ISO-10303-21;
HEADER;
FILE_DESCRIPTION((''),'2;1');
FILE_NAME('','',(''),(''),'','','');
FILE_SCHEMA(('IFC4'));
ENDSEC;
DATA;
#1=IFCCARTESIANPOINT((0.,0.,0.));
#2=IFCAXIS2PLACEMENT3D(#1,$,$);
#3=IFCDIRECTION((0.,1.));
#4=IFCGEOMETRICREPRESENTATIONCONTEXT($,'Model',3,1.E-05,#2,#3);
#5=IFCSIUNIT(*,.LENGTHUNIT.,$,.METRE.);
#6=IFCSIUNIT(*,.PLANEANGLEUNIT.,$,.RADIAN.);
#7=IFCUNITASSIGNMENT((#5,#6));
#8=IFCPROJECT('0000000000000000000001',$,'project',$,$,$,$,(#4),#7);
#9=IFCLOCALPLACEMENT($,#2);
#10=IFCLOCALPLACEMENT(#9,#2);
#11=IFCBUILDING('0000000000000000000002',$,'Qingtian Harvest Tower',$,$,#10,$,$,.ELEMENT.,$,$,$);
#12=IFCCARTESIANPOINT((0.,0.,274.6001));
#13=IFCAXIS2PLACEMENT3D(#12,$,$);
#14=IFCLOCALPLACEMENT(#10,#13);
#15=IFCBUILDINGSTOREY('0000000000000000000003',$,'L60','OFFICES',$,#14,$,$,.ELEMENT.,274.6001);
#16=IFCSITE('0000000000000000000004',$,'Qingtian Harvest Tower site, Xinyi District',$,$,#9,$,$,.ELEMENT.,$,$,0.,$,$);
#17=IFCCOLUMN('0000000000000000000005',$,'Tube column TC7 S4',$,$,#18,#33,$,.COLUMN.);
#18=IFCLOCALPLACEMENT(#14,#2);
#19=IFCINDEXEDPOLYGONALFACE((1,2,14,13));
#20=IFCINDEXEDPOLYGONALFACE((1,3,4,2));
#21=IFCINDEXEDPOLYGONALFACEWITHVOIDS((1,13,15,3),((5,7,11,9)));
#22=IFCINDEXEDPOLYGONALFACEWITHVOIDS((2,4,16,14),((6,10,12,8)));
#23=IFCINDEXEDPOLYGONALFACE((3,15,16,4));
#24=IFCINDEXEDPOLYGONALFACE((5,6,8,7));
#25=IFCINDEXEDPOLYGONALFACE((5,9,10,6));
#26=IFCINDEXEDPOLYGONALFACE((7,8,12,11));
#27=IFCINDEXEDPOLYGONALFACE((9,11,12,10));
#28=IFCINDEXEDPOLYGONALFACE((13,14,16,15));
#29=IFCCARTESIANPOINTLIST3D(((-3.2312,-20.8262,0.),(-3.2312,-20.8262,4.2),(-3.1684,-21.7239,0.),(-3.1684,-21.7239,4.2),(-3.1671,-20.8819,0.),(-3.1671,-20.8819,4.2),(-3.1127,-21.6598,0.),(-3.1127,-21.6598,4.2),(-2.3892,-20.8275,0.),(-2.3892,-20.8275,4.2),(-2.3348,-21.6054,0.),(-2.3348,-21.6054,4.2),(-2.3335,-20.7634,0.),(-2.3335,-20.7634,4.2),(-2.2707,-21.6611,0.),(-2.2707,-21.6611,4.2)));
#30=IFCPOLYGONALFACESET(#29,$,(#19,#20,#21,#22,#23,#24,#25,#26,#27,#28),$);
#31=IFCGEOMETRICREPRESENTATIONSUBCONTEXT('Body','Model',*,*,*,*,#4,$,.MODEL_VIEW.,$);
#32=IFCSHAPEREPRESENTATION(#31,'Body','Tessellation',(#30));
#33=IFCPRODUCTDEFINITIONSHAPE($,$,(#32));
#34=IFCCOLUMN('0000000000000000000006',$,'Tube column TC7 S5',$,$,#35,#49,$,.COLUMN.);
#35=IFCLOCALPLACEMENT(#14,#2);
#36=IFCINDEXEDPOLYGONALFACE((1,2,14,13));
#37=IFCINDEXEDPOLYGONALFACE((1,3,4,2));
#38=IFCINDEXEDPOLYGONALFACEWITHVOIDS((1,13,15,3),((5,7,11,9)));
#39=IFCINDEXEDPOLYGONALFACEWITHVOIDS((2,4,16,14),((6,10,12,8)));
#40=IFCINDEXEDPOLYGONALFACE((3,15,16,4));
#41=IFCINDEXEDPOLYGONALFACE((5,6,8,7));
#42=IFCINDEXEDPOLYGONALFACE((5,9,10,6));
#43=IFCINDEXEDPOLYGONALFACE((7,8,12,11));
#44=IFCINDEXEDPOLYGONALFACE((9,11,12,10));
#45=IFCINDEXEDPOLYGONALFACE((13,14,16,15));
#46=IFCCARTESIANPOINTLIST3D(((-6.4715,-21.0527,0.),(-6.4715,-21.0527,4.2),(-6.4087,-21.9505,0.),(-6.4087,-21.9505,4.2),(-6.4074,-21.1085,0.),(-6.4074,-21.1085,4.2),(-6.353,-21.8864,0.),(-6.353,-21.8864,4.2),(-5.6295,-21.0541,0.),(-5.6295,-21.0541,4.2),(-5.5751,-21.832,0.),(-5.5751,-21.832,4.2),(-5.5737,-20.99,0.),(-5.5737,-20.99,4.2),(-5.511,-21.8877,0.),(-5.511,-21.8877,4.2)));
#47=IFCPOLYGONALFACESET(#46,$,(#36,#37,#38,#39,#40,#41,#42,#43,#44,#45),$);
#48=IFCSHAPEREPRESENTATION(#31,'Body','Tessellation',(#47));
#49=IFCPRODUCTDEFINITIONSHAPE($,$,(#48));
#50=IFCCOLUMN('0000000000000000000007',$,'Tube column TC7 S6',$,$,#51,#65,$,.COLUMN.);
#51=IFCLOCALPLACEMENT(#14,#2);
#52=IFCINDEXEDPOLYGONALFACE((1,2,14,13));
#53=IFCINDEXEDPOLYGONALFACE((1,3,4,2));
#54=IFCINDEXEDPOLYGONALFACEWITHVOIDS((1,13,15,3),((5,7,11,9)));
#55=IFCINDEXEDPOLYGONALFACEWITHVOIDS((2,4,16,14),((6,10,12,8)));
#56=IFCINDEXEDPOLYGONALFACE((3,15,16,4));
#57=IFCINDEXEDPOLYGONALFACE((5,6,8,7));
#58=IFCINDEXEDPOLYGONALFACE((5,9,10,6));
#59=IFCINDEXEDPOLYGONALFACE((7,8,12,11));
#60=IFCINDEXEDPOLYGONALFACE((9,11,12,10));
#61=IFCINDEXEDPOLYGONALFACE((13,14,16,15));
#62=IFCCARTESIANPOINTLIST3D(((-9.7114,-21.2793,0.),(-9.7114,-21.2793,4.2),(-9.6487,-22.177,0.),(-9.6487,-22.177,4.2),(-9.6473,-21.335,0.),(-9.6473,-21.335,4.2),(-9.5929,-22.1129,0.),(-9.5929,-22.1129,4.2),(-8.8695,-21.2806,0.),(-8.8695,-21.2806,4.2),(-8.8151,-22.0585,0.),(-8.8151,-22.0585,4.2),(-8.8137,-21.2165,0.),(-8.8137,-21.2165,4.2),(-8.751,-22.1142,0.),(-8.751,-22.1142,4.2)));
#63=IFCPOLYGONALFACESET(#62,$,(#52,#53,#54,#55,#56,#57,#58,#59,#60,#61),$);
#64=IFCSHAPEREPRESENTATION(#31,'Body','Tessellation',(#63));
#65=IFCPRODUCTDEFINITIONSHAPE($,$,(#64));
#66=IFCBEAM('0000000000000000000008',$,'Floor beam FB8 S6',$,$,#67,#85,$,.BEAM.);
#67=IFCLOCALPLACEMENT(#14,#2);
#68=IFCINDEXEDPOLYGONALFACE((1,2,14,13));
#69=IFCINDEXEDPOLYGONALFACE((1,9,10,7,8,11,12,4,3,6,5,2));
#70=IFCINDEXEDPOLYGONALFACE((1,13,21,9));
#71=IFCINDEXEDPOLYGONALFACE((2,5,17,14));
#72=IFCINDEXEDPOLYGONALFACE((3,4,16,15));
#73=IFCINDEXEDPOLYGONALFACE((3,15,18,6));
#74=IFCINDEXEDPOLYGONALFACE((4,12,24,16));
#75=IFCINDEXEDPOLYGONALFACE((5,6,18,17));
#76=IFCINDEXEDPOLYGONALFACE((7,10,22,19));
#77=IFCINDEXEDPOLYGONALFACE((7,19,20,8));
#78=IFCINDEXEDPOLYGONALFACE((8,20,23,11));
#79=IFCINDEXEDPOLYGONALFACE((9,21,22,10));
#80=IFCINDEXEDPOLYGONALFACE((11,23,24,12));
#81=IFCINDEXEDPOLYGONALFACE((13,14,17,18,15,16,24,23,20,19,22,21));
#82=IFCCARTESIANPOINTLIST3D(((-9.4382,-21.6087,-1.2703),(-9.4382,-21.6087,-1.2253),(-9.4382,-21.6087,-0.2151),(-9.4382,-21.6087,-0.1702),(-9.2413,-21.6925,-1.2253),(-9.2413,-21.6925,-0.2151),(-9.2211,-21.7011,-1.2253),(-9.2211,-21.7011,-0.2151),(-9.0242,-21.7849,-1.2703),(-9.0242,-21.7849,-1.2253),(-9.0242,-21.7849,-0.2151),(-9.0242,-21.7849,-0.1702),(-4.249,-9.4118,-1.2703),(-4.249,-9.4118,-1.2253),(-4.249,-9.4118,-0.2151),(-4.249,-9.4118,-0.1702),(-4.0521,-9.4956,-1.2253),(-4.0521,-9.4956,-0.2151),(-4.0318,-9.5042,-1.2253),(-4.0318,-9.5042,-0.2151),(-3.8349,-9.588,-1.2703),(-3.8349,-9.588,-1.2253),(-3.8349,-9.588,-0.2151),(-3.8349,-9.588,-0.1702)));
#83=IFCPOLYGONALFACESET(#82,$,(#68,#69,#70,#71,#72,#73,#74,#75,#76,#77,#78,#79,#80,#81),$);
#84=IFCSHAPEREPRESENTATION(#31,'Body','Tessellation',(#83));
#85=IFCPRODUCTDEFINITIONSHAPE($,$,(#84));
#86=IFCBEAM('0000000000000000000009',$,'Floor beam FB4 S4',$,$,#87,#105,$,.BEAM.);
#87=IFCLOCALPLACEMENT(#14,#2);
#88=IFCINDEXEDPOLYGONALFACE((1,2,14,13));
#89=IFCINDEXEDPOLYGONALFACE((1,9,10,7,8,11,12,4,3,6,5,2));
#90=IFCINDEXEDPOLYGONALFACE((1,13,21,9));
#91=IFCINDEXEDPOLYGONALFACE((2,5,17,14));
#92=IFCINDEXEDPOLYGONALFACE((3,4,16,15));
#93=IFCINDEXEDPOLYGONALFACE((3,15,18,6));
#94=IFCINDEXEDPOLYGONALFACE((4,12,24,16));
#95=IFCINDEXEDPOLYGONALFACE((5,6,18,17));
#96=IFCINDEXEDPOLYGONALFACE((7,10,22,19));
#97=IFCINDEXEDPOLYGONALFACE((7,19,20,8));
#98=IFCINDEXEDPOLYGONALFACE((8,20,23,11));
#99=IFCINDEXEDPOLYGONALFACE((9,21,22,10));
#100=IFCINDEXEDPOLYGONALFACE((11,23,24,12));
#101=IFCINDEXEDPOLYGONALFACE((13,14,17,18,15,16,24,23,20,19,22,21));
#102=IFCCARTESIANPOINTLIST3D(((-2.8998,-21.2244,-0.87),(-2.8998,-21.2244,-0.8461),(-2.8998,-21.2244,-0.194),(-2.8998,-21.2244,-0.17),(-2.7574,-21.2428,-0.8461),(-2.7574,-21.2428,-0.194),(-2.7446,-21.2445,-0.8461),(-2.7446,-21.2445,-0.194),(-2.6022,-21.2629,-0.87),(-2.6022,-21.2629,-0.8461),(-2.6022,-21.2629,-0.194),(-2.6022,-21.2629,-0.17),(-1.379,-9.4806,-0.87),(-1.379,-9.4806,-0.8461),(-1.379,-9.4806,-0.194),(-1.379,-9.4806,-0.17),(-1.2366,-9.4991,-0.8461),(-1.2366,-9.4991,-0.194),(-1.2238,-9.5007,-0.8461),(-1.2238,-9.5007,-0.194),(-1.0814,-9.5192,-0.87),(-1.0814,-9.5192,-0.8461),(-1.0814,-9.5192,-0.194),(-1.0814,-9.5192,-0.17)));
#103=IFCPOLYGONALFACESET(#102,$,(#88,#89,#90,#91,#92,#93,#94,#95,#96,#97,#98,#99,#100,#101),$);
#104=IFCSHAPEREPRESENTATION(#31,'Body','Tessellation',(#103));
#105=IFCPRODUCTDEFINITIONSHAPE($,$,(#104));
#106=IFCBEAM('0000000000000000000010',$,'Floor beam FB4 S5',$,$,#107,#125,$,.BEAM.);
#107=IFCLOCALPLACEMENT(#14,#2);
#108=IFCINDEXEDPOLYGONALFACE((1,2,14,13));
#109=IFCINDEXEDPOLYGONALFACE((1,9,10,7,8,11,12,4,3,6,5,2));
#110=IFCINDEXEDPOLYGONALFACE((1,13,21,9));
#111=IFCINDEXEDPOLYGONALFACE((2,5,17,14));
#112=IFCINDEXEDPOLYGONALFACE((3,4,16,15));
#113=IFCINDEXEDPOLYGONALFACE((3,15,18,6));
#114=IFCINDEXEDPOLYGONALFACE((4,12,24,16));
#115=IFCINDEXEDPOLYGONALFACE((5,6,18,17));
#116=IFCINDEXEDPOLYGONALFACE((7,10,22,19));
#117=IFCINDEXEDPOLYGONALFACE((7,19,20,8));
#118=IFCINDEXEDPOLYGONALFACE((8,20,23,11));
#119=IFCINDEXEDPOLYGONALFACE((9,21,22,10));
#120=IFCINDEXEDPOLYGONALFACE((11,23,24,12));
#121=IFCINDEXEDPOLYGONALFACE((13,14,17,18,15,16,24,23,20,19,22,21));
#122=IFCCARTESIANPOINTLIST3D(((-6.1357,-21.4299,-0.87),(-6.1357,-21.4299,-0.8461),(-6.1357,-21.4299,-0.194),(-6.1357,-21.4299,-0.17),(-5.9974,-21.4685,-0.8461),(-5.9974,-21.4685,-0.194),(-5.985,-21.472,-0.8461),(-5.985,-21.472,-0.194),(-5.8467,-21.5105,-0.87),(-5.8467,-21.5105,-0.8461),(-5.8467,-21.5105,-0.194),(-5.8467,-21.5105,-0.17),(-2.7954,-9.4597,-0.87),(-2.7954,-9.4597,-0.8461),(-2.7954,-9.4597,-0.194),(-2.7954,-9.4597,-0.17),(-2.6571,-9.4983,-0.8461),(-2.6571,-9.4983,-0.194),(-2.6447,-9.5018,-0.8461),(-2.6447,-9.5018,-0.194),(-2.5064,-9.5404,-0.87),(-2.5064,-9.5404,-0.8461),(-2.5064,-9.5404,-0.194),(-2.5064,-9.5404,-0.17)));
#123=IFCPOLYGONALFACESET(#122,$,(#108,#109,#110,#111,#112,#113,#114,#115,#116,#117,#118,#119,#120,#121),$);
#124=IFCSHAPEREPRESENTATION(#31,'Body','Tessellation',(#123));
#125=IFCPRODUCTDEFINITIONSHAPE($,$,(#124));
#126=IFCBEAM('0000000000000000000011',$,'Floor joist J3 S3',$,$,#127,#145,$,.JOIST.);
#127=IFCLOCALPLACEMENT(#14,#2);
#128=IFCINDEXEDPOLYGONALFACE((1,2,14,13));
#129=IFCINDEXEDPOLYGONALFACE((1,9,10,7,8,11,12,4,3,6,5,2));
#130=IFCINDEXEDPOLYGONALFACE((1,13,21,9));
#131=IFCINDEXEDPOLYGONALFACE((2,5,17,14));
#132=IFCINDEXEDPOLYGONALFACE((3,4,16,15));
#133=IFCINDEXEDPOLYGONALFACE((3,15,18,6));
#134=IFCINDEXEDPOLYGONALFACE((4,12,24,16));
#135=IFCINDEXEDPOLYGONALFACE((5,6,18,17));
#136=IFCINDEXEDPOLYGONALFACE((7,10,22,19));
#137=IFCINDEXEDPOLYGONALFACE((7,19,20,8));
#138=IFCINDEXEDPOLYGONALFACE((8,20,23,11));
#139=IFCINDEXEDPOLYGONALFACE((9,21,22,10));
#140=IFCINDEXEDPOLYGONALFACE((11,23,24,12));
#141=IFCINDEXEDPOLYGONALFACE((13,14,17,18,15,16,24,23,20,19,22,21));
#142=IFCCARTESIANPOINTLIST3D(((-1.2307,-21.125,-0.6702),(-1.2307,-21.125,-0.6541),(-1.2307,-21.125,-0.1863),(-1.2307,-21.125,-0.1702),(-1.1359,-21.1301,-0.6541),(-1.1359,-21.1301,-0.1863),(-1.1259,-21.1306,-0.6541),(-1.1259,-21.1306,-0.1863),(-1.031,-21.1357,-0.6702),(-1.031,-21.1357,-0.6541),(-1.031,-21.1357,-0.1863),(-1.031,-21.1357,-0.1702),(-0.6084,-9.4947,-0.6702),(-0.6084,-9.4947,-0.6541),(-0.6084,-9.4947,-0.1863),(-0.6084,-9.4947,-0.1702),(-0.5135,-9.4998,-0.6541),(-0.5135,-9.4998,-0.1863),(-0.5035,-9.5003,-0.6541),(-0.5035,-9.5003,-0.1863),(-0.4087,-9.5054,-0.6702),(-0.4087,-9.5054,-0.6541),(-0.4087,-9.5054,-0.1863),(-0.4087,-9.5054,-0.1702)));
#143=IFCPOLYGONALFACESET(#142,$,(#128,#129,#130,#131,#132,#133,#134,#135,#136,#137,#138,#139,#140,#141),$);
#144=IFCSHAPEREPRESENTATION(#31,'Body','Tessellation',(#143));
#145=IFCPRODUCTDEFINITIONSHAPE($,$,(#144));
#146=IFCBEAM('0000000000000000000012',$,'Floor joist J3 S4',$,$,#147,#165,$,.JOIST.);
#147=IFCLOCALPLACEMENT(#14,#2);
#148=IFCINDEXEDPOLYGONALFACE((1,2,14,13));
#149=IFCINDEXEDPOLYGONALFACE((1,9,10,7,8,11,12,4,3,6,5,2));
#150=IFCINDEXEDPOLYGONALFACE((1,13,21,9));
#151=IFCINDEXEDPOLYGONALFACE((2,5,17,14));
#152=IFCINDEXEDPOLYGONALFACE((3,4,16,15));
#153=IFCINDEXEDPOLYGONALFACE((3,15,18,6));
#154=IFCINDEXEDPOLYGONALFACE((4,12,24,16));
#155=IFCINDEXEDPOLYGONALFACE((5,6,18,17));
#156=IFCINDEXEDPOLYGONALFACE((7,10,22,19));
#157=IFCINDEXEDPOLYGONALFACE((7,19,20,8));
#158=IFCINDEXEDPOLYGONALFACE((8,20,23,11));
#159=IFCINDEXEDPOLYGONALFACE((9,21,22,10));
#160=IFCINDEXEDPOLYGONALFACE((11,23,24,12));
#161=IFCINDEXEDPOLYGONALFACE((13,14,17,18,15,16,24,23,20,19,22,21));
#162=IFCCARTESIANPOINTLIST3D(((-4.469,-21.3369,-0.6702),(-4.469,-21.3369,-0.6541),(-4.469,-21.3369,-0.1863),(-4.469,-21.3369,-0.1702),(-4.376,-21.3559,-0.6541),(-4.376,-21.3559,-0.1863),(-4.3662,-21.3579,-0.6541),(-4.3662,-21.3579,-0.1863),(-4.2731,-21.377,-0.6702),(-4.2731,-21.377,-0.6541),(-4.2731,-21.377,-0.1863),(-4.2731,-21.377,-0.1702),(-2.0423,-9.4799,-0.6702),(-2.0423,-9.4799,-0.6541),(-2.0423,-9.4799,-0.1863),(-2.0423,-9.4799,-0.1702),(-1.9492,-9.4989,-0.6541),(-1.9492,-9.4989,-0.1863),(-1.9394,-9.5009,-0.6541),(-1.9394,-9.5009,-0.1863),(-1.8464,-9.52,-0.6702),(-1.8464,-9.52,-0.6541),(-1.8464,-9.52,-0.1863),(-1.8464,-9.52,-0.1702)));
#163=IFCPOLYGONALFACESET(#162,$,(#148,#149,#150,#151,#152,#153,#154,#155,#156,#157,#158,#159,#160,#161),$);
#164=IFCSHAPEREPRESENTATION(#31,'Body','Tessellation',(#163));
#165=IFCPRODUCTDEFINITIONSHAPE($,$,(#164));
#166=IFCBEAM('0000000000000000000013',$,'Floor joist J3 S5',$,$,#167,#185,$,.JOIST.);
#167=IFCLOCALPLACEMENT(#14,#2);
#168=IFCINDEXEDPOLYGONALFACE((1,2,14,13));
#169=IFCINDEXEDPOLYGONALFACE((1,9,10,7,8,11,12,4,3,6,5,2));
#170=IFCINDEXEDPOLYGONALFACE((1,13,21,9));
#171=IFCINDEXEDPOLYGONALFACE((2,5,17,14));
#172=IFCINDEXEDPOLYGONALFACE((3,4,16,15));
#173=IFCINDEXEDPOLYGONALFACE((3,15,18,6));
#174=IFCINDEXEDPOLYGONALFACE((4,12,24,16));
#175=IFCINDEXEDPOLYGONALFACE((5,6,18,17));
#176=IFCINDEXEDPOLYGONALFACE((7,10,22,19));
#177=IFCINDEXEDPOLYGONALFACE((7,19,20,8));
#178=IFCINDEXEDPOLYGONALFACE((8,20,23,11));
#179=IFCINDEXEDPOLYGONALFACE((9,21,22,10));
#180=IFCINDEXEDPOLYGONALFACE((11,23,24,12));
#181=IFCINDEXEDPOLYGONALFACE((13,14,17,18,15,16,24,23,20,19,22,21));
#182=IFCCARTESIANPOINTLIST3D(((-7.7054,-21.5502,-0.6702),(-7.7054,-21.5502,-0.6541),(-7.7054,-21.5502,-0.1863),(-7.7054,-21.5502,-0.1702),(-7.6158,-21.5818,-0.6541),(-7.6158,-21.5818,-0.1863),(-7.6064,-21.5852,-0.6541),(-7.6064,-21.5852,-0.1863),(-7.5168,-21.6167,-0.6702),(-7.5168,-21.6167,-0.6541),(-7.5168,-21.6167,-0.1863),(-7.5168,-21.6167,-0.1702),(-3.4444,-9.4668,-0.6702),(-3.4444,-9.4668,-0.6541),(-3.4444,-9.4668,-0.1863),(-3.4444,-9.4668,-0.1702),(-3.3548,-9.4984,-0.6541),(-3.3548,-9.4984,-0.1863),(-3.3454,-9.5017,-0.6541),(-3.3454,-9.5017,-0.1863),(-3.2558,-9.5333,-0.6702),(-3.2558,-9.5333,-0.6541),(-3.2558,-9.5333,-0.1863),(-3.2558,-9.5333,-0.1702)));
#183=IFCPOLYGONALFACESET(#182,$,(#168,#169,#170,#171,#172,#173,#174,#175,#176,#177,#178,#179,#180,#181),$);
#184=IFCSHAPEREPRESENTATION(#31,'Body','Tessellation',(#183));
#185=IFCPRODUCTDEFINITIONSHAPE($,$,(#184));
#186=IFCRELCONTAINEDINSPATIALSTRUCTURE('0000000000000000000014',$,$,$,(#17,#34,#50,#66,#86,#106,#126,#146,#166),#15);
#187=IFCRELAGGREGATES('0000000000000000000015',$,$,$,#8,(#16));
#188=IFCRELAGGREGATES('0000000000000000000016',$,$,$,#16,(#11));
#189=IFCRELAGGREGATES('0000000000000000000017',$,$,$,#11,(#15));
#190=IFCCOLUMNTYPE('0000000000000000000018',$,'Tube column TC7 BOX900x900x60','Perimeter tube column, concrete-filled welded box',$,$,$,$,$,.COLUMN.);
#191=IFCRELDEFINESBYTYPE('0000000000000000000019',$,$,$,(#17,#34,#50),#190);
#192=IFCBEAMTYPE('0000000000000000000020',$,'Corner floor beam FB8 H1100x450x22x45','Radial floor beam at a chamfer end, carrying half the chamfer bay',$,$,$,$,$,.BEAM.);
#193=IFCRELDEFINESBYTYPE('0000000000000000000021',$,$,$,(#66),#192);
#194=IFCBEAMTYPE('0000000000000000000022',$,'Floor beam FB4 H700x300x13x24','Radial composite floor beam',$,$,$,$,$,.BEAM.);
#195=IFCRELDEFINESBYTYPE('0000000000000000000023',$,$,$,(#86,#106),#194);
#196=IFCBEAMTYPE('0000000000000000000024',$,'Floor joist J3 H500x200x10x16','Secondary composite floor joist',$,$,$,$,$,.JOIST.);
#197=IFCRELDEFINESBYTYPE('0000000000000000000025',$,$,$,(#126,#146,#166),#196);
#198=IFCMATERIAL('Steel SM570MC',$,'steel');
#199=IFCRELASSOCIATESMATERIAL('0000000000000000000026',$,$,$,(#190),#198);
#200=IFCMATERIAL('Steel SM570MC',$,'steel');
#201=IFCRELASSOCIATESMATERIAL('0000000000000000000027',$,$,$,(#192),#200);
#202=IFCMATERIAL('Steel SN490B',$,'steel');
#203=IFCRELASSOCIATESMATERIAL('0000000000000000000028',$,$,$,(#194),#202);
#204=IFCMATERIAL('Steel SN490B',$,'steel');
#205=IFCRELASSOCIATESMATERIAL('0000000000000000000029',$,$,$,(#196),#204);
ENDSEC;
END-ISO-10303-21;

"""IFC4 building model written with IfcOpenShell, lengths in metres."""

from ifc_helpers import new_model, si_unit, direction, frame, origin, origin_2d, place, context, subcontext, project, spatial, hollow_rectangle, i_section, extrude, material, material_profile, profile_set, type_object, element, save


model = new_model("IFC4")

# Units and contexts
model_context = context("Model", 3, precision=1e-05, world=origin(), true_north=direction((0.0, 1.0)))
body_context = subcontext(model_context, "Body", "Model", "MODEL_VIEW")
ifc_project = project(units=[si_unit("LENGTHUNIT", "METRE"), si_unit("PLANEANGLEUNIT", "RADIAN")], contexts=[model_context])

# Site, building, storey
site_placement = place(None, origin())
site = spatial("IfcSite", under=ifc_project, at=site_placement, Name="Qingtian Harvest Tower site, Xinyi District", CompositionType="ELEMENT", RefElevation=0.0)
building_placement = place(site_placement, origin())
building = spatial("IfcBuilding", under=site, at=building_placement, Name="Qingtian Harvest Tower", CompositionType="ELEMENT")
storey_placement = place(building_placement, frame((0.0, 0.0, 274.6001)))
storey = spatial("IfcBuildingStorey", under=building, at=storey_placement, Name="L60", Description="OFFICES", CompositionType="ELEMENT", Elevation=274.6001)

# Columns
ifc_material_1 = material(Name="Steel SM570MC", Category="steel")
ifc_material_profile_1 = material_profile(ifc_material_1, hollow_rectangle(XDim=0.8999, YDim=0.8999, WallThickness=0.0601, at=origin_2d()), Name="BOX900x900x60")
ifc_profile_set_1 = profile_set([ifc_material_profile_1], Name="Steel SM570MC")
column_type = type_object("IfcColumnType", Name="Tube column TC7 BOX900x900x60", Description="Perimeter tube column, concrete-filled welded box", PredefinedType="COLUMN", material=ifc_profile_set_1)
for number, where, z_axis, x_axis, name in (
    (1, (-2.751, -21.2437, 0.0), (0.0, 0.0, 1.0), (0.997564, 0.069756, 0.0), "Tube column TC7 S4"),
    (2, (-5.9912, -21.4702, 0.0), (0.0, 0.0, 1.0), (0.997564, 0.069756, 0.0), "Tube column TC7 S5"),
    (3, (-9.2312, -21.6968, 0.0), (0.0, 0.0, 1.0), (0.997564, 0.069756, 0.0), "Tube column TC7 S6"),
):
    element("IfcColumn", number, at=place(storey_placement, frame(where, z_axis=z_axis, x_axis=x_axis)), inside=storey, type_object=column_type, Name=name, PredefinedType="COLUMN", context=body_context, shape_type="SweptSolid", body=[
        extrude(hollow_rectangle(XDim=0.8999, YDim=0.8999, WallThickness=0.0601, at=origin_2d()), origin(), (0.0, 0.0, 1.0), 4.2),
    ])

# Beams
ifc_material_2 = material(Name="Steel SM570MC", Category="steel")
ifc_material_profile_2 = material_profile(ifc_material_2, i_section(OverallWidth=0.45, OverallDepth=1.1001, WebThickness=0.022, FlangeThickness=0.0449, at=origin_2d()), Name="H1100x450x22x45")
ifc_profile_set_2 = profile_set([ifc_material_profile_2], Name="Steel SM570MC")
beam_type_1 = type_object("IfcBeamType", Name="Corner floor beam FB8 H1100x450x22x45", Description="Radial floor beam at a chamfer end, carrying half the chamfer bay", PredefinedType="BEAM", material=ifc_profile_set_2)
beam_1_placement = place(storey_placement, frame((-9.2312, -21.6968, -0.7202), z_axis=(0.391497, 0.920179, 0.0), x_axis=(-0.920179, 0.391497, 0.0)))
element("IfcBeam", 4, at=beam_1_placement, inside=storey, type_object=beam_type_1, Name="Floor beam FB8 S6", PredefinedType="BEAM", context=body_context, shape_type="SweptSolid", body=[
    extrude(i_section(OverallWidth=0.45, OverallDepth=1.1001, WebThickness=0.022, FlangeThickness=0.0449, at=origin_2d()), origin(), (0.0, 0.0, 1.0), 13.2549),
])
ifc_material_3 = material(Name="Steel SN490B", Category="steel")
ifc_material_profile_3 = material_profile(ifc_material_3, i_section(OverallWidth=0.3, OverallDepth=0.7, WebThickness=0.0129, FlangeThickness=0.0239, at=origin_2d()), Name="H700x300x13x24")
ifc_profile_set_3 = profile_set([ifc_material_profile_3], Name="Steel SN490B")
beam_type_2 = type_object("IfcBeamType", Name="Floor beam FB4 H700x300x13x24", Description="Radial composite floor beam", PredefinedType="BEAM", material=ifc_profile_set_3)
beam_2_placement = place(storey_placement, frame((-2.751, -21.2437, -0.52), z_axis=(0.128423, 0.991719, 0.0), x_axis=(-0.991719, 0.128423, 0.0)))
element("IfcBeam", 5, at=beam_2_placement, inside=storey, type_object=beam_type_2, Name="Floor beam FB4 S4", PredefinedType="BEAM", context=body_context, shape_type="SweptSolid", body=[
    extrude(i_section(OverallWidth=0.3, OverallDepth=0.7, WebThickness=0.0129, FlangeThickness=0.0239, at=origin_2d()), origin(), (0.0, 0.0, 1.0), 11.8418),
])
beam_3_placement = place(storey_placement, frame((-5.9912, -21.4702, -0.52), z_axis=(0.268785, 0.9632, 0.0), x_axis=(-0.9632, 0.268785, 0.0)))
element("IfcBeam", 6, at=beam_3_placement, inside=storey, type_object=beam_type_2, Name="Floor beam FB4 S5", PredefinedType="BEAM", context=body_context, shape_type="SweptSolid", body=[
    extrude(i_section(OverallWidth=0.3, OverallDepth=0.7, WebThickness=0.0129, FlangeThickness=0.0239, at=origin_2d()), origin(), (0.0, 0.0, 1.0), 12.4275),
])
ifc_material_4 = material(Name="Steel SN490B", Category="steel")
ifc_material_profile_4 = material_profile(ifc_material_4, i_section(OverallWidth=0.2, OverallDepth=0.5, WebThickness=0.01, FlangeThickness=0.0161, at=origin_2d()), Name="H500x200x10x16")
ifc_profile_set_4 = profile_set([ifc_material_profile_4], Name="Steel SN490B")
beam_type_3 = type_object("IfcBeamType", Name="Floor joist J3 H500x200x10x16", Description="Secondary composite floor joist", PredefinedType="JOIST", material=ifc_profile_set_4)
beam_4_placement = place(storey_placement, frame((-1.1309, -21.1304, -0.4202), z_axis=(0.053431, 0.998572, 0.0), x_axis=(-0.998572, 0.053431, 0.0)))
element("IfcBeam", 7, at=beam_4_placement, inside=storey, type_object=beam_type_3, Name="Floor joist J3 S3", PredefinedType="JOIST", context=body_context, shape_type="SweptSolid", body=[
    extrude(i_section(OverallWidth=0.2, OverallDepth=0.5, WebThickness=0.01, FlangeThickness=0.0161, at=origin_2d()), origin(), (0.0, 0.0, 1.0), 11.647),
])
beam_5_placement = place(storey_placement, frame((-4.3711, -21.3569, -0.4202), z_axis=(0.200513, 0.979691, 0.0), x_axis=(-0.979691, 0.200513, 0.0)))
element("IfcBeam", 8, at=beam_5_placement, inside=storey, type_object=beam_type_3, Name="Floor joist J3 S4", PredefinedType="JOIST", context=body_context, shape_type="SweptSolid", body=[
    extrude(i_section(OverallWidth=0.2, OverallDepth=0.5, WebThickness=0.01, FlangeThickness=0.0161, at=origin_2d()), origin(), (0.0, 0.0, 1.0), 12.1028),
])
beam_6_placement = place(storey_placement, frame((-7.6111, -21.5835, -0.4202), z_axis=(0.332558, 0.943083, 0.0), x_axis=(-0.943083, 0.332558, 0.0)))
element("IfcBeam", 9, at=beam_6_placement, inside=storey, type_object=beam_type_3, Name="Floor joist J3 S5", PredefinedType="JOIST", context=body_context, shape_type="SweptSolid", body=[
    extrude(i_section(OverallWidth=0.2, OverallDepth=0.5, WebThickness=0.01, FlangeThickness=0.0161, at=origin_2d()), origin(), (0.0, 0.0, 1.0), 12.8127),
])

save(model, "model.ifc")
